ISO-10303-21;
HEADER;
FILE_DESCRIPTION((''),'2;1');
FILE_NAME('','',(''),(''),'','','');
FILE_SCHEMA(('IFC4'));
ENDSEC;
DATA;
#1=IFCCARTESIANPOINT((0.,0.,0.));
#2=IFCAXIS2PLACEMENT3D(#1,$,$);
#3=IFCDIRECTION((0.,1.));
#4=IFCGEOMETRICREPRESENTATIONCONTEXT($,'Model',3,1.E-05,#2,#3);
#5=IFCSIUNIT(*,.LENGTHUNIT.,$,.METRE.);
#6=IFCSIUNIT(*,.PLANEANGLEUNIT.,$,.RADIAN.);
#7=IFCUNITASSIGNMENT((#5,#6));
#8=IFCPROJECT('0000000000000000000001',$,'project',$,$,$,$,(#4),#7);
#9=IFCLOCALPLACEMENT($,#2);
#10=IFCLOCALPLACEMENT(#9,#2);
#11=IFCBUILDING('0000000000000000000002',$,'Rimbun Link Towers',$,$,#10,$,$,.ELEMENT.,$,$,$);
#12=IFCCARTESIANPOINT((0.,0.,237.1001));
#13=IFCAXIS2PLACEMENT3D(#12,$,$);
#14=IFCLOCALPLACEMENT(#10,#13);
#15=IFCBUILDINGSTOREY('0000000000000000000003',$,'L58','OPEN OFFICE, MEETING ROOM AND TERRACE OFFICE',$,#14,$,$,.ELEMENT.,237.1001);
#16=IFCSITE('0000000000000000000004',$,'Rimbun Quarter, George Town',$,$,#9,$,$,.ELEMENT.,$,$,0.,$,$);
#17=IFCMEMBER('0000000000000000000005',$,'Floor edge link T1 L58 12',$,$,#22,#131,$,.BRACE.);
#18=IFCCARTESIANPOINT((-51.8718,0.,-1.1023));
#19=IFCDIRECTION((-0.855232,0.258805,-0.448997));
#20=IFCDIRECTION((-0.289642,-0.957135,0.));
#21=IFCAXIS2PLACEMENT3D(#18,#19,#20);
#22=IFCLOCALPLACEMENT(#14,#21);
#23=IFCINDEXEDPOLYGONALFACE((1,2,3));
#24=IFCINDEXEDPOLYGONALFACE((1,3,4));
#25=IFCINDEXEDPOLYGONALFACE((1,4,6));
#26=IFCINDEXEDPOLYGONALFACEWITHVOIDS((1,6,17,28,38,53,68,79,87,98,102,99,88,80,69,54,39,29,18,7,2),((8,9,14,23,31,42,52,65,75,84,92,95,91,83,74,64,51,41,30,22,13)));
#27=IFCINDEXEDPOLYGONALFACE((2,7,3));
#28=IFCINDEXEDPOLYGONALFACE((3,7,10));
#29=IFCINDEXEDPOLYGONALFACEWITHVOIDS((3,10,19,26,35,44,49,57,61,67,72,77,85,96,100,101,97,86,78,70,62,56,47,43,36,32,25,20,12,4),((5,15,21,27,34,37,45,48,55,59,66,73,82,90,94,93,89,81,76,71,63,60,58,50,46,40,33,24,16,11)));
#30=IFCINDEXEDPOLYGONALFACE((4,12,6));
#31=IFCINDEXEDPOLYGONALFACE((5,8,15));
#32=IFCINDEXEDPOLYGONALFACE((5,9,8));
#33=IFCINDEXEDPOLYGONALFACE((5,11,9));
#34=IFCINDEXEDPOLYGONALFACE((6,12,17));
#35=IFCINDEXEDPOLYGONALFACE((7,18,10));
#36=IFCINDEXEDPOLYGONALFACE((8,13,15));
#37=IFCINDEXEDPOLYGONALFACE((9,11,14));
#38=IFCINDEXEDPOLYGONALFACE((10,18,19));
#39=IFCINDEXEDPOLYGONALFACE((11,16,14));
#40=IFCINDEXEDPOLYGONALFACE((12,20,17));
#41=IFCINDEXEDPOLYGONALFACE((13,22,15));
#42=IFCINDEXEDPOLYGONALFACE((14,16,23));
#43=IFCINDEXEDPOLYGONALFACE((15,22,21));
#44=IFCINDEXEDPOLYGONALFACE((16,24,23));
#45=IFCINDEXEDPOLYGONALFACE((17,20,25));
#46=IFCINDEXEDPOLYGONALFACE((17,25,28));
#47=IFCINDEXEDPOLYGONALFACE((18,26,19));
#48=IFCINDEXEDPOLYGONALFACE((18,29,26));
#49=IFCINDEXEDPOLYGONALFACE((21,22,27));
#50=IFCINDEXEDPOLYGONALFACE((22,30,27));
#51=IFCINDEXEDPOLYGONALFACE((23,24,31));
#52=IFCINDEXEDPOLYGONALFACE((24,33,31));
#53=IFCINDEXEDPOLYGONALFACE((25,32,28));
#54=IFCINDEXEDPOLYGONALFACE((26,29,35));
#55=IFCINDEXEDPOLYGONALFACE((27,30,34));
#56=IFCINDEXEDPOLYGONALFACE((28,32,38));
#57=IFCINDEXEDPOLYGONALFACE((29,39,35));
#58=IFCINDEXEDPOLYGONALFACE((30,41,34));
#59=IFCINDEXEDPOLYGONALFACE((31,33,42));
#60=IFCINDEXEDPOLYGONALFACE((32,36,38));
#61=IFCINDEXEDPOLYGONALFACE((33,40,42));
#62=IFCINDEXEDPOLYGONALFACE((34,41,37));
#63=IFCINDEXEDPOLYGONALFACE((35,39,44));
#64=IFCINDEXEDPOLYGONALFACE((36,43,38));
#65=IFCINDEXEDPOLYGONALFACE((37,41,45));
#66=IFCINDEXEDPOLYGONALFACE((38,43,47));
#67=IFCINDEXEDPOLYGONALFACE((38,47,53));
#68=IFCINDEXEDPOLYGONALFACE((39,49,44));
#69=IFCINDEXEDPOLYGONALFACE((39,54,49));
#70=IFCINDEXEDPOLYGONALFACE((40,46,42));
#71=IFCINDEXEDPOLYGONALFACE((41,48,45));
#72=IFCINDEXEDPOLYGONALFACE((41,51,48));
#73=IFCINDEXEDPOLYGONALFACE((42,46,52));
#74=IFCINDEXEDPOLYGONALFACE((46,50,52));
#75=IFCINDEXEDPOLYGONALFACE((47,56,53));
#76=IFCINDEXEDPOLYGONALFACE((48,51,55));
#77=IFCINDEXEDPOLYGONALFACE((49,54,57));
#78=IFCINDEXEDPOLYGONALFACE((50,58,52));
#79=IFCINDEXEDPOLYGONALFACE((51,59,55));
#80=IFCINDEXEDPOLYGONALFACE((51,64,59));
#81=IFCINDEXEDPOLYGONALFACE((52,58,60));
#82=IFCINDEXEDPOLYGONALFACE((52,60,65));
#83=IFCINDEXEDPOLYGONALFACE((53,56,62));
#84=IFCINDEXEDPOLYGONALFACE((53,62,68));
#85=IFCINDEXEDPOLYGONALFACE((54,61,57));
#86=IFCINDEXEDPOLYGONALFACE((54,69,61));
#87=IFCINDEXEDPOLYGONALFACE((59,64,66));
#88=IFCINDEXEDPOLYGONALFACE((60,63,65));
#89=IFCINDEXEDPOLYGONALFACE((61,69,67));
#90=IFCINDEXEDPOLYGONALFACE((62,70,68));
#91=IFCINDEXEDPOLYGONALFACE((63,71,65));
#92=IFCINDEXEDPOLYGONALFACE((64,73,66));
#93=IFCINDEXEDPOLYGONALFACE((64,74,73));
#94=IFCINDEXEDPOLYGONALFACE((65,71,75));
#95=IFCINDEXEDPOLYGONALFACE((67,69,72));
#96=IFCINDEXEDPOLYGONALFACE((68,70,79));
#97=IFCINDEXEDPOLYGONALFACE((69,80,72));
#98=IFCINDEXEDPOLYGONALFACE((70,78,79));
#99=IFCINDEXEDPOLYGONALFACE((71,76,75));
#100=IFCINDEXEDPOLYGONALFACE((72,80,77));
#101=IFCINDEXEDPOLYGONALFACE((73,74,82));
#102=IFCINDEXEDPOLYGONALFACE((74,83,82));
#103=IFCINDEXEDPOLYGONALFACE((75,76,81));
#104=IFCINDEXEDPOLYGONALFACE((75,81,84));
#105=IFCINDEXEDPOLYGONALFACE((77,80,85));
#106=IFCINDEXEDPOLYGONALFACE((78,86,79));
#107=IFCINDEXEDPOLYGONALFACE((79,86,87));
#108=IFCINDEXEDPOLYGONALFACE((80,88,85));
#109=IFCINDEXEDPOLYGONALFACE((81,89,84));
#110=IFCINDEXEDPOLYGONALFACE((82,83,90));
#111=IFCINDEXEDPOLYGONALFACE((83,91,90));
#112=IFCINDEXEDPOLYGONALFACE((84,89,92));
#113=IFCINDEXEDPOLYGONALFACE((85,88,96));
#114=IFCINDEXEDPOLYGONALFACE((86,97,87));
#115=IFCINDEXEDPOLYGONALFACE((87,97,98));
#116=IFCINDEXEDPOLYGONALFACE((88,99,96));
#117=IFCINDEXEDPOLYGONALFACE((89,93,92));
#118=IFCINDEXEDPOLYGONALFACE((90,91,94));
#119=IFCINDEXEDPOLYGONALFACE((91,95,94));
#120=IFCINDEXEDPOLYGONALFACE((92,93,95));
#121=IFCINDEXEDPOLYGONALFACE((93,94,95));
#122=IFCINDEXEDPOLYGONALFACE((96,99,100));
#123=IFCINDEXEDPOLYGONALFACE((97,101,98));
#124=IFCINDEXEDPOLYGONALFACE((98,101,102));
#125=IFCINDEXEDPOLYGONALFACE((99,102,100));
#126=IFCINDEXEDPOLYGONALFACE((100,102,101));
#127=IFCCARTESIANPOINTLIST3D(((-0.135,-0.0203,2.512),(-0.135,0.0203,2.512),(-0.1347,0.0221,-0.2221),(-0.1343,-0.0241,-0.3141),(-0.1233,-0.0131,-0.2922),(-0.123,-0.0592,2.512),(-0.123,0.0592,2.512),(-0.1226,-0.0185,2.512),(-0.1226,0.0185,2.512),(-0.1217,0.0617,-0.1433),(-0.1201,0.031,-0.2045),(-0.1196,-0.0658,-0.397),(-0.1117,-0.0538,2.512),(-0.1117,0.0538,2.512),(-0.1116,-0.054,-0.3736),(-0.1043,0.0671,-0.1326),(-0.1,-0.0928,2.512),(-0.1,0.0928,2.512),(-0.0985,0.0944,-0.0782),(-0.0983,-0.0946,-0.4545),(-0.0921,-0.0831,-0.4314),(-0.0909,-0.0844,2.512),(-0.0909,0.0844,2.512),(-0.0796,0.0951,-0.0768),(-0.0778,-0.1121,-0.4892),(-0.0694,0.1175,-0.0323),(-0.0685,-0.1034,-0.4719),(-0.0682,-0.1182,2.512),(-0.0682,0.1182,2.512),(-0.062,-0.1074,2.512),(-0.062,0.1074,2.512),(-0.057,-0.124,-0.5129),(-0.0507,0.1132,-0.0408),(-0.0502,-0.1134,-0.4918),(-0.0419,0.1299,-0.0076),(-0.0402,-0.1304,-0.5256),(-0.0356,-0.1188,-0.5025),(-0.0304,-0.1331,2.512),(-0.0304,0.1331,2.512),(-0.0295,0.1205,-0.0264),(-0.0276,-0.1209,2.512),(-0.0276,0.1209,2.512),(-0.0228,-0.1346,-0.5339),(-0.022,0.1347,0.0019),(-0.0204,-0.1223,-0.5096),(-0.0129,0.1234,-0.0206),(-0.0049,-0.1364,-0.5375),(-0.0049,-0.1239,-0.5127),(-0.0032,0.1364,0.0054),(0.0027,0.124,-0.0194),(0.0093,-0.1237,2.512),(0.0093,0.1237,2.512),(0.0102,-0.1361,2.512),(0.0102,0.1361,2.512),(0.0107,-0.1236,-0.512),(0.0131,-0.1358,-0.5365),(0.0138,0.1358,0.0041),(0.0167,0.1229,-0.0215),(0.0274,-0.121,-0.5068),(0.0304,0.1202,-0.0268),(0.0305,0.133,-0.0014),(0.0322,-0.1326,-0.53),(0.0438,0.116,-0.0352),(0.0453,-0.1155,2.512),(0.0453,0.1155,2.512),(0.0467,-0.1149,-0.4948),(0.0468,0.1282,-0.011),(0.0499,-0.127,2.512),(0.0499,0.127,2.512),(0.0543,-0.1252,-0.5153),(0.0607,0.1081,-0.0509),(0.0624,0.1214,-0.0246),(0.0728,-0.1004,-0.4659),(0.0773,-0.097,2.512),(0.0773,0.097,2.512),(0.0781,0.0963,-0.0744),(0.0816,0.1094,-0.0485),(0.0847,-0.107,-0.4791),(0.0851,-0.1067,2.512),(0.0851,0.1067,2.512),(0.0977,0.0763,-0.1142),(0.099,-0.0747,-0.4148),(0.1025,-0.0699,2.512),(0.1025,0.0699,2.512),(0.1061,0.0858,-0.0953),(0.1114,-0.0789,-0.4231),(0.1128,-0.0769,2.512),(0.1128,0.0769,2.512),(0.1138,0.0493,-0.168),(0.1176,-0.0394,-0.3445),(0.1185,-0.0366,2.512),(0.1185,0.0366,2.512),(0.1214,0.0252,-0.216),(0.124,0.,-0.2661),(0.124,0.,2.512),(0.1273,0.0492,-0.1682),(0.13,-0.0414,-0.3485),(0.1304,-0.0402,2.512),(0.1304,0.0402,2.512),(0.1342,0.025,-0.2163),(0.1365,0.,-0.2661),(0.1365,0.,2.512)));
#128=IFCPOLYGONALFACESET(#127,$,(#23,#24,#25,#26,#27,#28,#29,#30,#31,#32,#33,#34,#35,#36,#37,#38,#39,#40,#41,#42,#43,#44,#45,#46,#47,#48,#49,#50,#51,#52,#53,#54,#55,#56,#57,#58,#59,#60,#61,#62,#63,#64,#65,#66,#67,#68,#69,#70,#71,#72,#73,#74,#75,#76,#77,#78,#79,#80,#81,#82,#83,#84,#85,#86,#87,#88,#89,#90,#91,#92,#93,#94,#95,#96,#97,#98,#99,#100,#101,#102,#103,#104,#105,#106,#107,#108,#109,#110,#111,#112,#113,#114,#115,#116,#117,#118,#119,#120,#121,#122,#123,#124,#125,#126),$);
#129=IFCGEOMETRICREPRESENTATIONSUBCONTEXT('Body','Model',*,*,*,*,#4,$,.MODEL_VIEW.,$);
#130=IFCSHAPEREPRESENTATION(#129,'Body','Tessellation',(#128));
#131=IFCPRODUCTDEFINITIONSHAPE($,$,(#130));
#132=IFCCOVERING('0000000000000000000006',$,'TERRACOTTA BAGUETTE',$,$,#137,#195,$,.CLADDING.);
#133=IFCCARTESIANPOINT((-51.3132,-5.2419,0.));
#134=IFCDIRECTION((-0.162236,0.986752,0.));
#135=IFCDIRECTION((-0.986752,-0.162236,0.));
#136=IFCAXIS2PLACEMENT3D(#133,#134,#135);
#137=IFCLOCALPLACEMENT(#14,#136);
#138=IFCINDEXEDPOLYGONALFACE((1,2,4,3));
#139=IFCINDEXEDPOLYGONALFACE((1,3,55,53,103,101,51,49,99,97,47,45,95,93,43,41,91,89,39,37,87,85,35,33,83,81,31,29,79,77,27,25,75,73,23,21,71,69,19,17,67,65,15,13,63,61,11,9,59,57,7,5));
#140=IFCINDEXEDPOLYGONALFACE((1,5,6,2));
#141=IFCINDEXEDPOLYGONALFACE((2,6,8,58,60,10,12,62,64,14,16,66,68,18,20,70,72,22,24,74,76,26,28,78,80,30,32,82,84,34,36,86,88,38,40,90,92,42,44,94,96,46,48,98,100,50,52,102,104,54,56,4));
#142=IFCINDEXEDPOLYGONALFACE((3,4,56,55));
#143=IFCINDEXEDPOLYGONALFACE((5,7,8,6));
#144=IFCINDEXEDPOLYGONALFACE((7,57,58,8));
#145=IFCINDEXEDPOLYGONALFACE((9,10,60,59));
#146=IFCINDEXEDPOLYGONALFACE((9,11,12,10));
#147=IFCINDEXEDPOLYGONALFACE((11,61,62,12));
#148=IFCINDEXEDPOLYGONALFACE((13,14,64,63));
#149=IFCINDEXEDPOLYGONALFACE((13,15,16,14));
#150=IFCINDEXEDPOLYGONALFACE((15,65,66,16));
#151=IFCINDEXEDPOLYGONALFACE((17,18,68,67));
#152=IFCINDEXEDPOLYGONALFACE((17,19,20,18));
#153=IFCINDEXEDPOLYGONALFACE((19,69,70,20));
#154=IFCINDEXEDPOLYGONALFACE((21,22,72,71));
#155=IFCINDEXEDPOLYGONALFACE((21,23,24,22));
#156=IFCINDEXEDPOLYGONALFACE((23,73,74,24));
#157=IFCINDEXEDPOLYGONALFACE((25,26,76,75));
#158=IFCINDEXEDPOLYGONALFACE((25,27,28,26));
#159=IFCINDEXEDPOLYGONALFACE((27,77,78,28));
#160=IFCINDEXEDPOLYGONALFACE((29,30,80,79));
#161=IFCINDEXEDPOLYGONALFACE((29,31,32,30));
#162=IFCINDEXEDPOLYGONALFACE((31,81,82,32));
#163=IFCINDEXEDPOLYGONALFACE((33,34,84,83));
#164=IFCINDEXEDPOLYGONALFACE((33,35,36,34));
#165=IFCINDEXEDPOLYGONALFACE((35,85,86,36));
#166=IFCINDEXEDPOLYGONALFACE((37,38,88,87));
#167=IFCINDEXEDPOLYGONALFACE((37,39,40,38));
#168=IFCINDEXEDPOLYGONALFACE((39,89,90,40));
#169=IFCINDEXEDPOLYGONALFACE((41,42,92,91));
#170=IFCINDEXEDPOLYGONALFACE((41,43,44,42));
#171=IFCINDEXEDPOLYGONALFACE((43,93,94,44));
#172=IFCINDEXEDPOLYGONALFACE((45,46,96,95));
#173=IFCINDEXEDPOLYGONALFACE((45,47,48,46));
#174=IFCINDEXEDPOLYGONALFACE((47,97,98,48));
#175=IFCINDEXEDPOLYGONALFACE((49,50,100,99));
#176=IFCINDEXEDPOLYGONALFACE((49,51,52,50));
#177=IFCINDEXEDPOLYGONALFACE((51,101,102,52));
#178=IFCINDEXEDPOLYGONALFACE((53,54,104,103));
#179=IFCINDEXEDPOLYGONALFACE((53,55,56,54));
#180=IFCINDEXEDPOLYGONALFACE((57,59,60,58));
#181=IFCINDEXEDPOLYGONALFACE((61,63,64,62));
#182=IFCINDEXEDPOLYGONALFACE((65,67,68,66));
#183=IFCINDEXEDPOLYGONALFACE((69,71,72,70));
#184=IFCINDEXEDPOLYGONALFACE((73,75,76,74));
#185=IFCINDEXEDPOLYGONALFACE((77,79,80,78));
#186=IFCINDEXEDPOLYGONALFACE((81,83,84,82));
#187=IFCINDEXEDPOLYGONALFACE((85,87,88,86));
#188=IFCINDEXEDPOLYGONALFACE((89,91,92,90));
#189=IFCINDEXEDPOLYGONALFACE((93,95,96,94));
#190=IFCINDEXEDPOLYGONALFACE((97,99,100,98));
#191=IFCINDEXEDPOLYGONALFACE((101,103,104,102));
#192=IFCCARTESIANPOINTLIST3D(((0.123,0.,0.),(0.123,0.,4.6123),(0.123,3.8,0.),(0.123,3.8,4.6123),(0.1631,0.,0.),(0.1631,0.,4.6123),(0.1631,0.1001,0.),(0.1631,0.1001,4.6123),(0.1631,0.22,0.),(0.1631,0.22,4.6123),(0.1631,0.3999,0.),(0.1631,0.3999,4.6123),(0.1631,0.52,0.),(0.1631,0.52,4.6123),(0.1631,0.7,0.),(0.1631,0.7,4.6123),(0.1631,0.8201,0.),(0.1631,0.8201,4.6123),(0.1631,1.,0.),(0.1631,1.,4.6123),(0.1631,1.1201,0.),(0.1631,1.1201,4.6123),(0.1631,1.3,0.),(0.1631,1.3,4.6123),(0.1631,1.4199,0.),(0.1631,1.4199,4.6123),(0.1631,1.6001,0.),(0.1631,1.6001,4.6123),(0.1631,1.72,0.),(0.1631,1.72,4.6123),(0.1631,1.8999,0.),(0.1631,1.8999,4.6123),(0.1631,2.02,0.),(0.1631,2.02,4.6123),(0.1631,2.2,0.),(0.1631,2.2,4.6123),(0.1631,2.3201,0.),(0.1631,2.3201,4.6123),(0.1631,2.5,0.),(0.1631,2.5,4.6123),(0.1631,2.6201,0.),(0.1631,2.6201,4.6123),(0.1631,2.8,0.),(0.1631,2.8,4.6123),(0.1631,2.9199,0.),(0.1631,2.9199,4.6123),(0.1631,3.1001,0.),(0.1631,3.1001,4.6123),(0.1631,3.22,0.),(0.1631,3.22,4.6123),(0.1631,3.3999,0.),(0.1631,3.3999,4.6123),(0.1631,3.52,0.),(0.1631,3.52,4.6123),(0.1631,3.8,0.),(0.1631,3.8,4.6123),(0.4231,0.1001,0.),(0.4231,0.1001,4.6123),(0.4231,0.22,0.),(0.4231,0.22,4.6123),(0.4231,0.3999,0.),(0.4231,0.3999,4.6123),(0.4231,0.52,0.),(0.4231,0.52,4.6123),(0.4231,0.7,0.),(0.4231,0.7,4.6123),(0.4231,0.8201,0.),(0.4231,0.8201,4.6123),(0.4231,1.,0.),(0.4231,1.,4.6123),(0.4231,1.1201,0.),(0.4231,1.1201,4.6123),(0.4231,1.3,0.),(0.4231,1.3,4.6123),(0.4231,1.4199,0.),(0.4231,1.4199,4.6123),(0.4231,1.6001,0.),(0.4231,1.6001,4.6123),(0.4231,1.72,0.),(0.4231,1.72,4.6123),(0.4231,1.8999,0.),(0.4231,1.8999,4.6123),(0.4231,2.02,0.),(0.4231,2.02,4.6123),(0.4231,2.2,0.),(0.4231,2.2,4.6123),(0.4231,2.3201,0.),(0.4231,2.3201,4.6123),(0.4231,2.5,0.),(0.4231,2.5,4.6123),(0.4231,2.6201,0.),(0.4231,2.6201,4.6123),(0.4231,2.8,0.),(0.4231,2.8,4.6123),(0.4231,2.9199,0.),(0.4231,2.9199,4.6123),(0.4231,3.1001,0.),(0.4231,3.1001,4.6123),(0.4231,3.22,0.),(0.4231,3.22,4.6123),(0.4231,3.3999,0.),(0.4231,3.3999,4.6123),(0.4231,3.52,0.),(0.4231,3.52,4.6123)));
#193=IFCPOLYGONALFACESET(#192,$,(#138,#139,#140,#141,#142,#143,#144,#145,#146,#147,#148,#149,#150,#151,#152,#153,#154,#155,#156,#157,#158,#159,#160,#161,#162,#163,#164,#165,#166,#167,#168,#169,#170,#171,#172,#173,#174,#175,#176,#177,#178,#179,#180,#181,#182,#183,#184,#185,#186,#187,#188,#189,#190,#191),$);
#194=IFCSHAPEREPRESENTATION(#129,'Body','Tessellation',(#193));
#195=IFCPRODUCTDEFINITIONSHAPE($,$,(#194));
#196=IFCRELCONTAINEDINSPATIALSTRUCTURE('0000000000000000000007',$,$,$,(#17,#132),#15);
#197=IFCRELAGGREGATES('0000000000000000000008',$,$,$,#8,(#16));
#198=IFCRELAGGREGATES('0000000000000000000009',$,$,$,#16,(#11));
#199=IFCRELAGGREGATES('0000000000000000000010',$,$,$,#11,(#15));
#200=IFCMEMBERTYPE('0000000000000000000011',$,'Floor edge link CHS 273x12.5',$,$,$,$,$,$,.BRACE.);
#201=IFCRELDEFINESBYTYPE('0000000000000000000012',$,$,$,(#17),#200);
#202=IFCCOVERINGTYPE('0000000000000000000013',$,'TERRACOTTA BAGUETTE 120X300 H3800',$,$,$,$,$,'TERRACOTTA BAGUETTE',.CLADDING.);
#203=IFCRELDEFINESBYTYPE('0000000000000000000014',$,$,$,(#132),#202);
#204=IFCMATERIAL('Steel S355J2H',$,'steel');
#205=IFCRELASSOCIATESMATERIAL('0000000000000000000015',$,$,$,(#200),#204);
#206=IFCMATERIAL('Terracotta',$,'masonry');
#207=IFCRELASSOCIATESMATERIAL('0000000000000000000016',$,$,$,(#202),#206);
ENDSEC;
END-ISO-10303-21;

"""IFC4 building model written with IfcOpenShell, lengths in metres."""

from ifc_helpers import new_model, si_unit, direction, frame, origin, origin_2d, place, context, subcontext, project, spatial, polyline, hollow_circle, outline, extrude, clip, halfspace, material, material_profile, profile_set, type_object, element, save


model = new_model("IFC4")

# Units and contexts
model_context = context("Model", 3, precision=1e-05, world=origin(), true_north=direction((0.0, 1.0)))
body_context = subcontext(model_context, "Body", "Model", "MODEL_VIEW")
ifc_project = project(units=[si_unit("LENGTHUNIT", "METRE"), si_unit("PLANEANGLEUNIT", "RADIAN")], contexts=[model_context])

# Site, building, storey
site_placement = place(None, origin())
site = spatial("IfcSite", under=ifc_project, at=site_placement, Name="Rimbun Quarter, George Town", CompositionType="ELEMENT", RefElevation=0.0)
building_placement = place(site_placement, origin())
building = spatial("IfcBuilding", under=site, at=building_placement, Name="Rimbun Link Towers", CompositionType="ELEMENT")
storey_placement = place(building_placement, frame((0.0, 0.0, 237.1001)))
storey = spatial("IfcBuildingStorey", under=building, at=storey_placement, Name="L58", Description="OPEN OFFICE, MEETING ROOM AND TERRACE OFFICE", CompositionType="ELEMENT", Elevation=237.1001)

# Member
ifc_material_1 = material(Name="Steel S355J2H", Category="steel")
ifc_material_profile_1 = material_profile(ifc_material_1, hollow_circle(Radius=0.1365, WallThickness=0.0125, at=origin_2d()), Name="CHS 273x12.5")
ifc_profile_set_1 = profile_set([ifc_material_profile_1], Name="Steel S355J2H")
member_type_1 = type_object("IfcMemberType", Name="Floor edge link CHS 273x12.5", PredefinedType="BRACE", material=ifc_profile_set_1)
member_1_placement = place(storey_placement, frame((-51.8718, 0.0, -1.1023), z_axis=(-0.855232, 0.258805, -0.448997), x_axis=(-0.289642, -0.957135, 0.0)))
element("IfcMember", 1, at=member_1_placement, inside=storey, type_object=member_type_1, Name="Floor edge link T1 L58 12", PredefinedType="BRACE", context=body_context, shape_type="Clipping", body=[
    clip(extrude(hollow_circle(Radius=0.1365, WallThickness=0.0125, at=origin_2d()), frame((0.0, 0.0, -0.5657)), (0.0, 0.0, 1.0), 3.0776), halfspace(frame((0.0, 0.0, -0.2661), z_axis=(0.0, 0.893533, -0.448997)), False)),
])

# Covering
ifc_material_2 = material(Name="Terracotta", Category="masonry")
ifc_material_profile_2 = material_profile(ifc_material_2, outline(polyline([(0.123, 0.0), (0.1631, 0.0), (0.1631, 0.1001), (0.4231, 0.1001), (0.4231, 0.22), (0.1631, 0.22), (0.1631, 0.3999), (0.4231, 0.3999), (0.4231, 0.52), (0.1631, 0.52), (0.1631, 0.7), (0.4231, 0.7), (0.4231, 0.8201), (0.1631, 0.8201), (0.1631, 1.0), (0.4231, 1.0), (0.4231, 1.1201), (0.1631, 1.1201), (0.1631, 1.3), (0.4231, 1.3), (0.4231, 1.4199), (0.1631, 1.4199), (0.1631, 1.6001), (0.4231, 1.6001), (0.4231, 1.72), (0.1631, 1.72), (0.1631, 1.8999), (0.4231, 1.8999), (0.4231, 2.02), (0.1631, 2.02), (0.1631, 2.2), (0.4231, 2.2), (0.4231, 2.3201), (0.1631, 2.3201), (0.1631, 2.5), (0.4231, 2.5), (0.4231, 2.6201), (0.1631, 2.6201), (0.1631, 2.8), (0.4231, 2.8), (0.4231, 2.9199), (0.1631, 2.9199), (0.1631, 3.1001), (0.4231, 3.1001), (0.4231, 3.22), (0.1631, 3.22), (0.1631, 3.3999), (0.4231, 3.3999), (0.4231, 3.52), (0.1631, 3.52), (0.1631, 3.8), (0.123, 3.8), (0.123, 0.0)])), Name="BAGUETTE 120X300")
ifc_profile_set_2 = profile_set([ifc_material_profile_2], Name="Terracotta")
covering_type = type_object("IfcCoveringType", Name="TERRACOTTA BAGUETTE 120X300 H3800", ElementType="TERRACOTTA BAGUETTE", PredefinedType="CLADDING", material=ifc_profile_set_2)
covering_placement = place(storey_placement, frame((-51.3132, -5.2419, 0.0), z_axis=(-0.162236, 0.986752, 0.0), x_axis=(-0.986752, -0.162236, 0.0)))
element("IfcCovering", 2, at=covering_placement, inside=storey, type_object=covering_type, Name="TERRACOTTA BAGUETTE", PredefinedType="CLADDING", context=body_context, shape_type="SweptSolid", body=[
    extrude(outline(polyline([(0.123, 0.0), (0.1631, 0.0), (0.1631, 0.1001), (0.4231, 0.1001), (0.4231, 0.22), (0.1631, 0.22), (0.1631, 0.3999), (0.4231, 0.3999), (0.4231, 0.52), (0.1631, 0.52), (0.1631, 0.7), (0.4231, 0.7), (0.4231, 0.8201), (0.1631, 0.8201), (0.1631, 1.0), (0.4231, 1.0), (0.4231, 1.1201), (0.1631, 1.1201), (0.1631, 1.3), (0.4231, 1.3), (0.4231, 1.4199), (0.1631, 1.4199), (0.1631, 1.6001), (0.4231, 1.6001), (0.4231, 1.72), (0.1631, 1.72), (0.1631, 1.8999), (0.4231, 1.8999), (0.4231, 2.02), (0.1631, 2.02), (0.1631, 2.2), (0.4231, 2.2), (0.4231, 2.3201), (0.1631, 2.3201), (0.1631, 2.5), (0.4231, 2.5), (0.4231, 2.6201), (0.1631, 2.6201), (0.1631, 2.8), (0.4231, 2.8), (0.4231, 2.9199), (0.1631, 2.9199), (0.1631, 3.1001), (0.4231, 3.1001), (0.4231, 3.22), (0.1631, 3.22), (0.1631, 3.3999), (0.4231, 3.3999), (0.4231, 3.52), (0.1631, 3.52), (0.1631, 3.8), (0.123, 3.8), (0.123, 0.0)])), origin(), (0.0, 0.0, 1.0), 4.6123),
])

save(model, "model.ifc")
